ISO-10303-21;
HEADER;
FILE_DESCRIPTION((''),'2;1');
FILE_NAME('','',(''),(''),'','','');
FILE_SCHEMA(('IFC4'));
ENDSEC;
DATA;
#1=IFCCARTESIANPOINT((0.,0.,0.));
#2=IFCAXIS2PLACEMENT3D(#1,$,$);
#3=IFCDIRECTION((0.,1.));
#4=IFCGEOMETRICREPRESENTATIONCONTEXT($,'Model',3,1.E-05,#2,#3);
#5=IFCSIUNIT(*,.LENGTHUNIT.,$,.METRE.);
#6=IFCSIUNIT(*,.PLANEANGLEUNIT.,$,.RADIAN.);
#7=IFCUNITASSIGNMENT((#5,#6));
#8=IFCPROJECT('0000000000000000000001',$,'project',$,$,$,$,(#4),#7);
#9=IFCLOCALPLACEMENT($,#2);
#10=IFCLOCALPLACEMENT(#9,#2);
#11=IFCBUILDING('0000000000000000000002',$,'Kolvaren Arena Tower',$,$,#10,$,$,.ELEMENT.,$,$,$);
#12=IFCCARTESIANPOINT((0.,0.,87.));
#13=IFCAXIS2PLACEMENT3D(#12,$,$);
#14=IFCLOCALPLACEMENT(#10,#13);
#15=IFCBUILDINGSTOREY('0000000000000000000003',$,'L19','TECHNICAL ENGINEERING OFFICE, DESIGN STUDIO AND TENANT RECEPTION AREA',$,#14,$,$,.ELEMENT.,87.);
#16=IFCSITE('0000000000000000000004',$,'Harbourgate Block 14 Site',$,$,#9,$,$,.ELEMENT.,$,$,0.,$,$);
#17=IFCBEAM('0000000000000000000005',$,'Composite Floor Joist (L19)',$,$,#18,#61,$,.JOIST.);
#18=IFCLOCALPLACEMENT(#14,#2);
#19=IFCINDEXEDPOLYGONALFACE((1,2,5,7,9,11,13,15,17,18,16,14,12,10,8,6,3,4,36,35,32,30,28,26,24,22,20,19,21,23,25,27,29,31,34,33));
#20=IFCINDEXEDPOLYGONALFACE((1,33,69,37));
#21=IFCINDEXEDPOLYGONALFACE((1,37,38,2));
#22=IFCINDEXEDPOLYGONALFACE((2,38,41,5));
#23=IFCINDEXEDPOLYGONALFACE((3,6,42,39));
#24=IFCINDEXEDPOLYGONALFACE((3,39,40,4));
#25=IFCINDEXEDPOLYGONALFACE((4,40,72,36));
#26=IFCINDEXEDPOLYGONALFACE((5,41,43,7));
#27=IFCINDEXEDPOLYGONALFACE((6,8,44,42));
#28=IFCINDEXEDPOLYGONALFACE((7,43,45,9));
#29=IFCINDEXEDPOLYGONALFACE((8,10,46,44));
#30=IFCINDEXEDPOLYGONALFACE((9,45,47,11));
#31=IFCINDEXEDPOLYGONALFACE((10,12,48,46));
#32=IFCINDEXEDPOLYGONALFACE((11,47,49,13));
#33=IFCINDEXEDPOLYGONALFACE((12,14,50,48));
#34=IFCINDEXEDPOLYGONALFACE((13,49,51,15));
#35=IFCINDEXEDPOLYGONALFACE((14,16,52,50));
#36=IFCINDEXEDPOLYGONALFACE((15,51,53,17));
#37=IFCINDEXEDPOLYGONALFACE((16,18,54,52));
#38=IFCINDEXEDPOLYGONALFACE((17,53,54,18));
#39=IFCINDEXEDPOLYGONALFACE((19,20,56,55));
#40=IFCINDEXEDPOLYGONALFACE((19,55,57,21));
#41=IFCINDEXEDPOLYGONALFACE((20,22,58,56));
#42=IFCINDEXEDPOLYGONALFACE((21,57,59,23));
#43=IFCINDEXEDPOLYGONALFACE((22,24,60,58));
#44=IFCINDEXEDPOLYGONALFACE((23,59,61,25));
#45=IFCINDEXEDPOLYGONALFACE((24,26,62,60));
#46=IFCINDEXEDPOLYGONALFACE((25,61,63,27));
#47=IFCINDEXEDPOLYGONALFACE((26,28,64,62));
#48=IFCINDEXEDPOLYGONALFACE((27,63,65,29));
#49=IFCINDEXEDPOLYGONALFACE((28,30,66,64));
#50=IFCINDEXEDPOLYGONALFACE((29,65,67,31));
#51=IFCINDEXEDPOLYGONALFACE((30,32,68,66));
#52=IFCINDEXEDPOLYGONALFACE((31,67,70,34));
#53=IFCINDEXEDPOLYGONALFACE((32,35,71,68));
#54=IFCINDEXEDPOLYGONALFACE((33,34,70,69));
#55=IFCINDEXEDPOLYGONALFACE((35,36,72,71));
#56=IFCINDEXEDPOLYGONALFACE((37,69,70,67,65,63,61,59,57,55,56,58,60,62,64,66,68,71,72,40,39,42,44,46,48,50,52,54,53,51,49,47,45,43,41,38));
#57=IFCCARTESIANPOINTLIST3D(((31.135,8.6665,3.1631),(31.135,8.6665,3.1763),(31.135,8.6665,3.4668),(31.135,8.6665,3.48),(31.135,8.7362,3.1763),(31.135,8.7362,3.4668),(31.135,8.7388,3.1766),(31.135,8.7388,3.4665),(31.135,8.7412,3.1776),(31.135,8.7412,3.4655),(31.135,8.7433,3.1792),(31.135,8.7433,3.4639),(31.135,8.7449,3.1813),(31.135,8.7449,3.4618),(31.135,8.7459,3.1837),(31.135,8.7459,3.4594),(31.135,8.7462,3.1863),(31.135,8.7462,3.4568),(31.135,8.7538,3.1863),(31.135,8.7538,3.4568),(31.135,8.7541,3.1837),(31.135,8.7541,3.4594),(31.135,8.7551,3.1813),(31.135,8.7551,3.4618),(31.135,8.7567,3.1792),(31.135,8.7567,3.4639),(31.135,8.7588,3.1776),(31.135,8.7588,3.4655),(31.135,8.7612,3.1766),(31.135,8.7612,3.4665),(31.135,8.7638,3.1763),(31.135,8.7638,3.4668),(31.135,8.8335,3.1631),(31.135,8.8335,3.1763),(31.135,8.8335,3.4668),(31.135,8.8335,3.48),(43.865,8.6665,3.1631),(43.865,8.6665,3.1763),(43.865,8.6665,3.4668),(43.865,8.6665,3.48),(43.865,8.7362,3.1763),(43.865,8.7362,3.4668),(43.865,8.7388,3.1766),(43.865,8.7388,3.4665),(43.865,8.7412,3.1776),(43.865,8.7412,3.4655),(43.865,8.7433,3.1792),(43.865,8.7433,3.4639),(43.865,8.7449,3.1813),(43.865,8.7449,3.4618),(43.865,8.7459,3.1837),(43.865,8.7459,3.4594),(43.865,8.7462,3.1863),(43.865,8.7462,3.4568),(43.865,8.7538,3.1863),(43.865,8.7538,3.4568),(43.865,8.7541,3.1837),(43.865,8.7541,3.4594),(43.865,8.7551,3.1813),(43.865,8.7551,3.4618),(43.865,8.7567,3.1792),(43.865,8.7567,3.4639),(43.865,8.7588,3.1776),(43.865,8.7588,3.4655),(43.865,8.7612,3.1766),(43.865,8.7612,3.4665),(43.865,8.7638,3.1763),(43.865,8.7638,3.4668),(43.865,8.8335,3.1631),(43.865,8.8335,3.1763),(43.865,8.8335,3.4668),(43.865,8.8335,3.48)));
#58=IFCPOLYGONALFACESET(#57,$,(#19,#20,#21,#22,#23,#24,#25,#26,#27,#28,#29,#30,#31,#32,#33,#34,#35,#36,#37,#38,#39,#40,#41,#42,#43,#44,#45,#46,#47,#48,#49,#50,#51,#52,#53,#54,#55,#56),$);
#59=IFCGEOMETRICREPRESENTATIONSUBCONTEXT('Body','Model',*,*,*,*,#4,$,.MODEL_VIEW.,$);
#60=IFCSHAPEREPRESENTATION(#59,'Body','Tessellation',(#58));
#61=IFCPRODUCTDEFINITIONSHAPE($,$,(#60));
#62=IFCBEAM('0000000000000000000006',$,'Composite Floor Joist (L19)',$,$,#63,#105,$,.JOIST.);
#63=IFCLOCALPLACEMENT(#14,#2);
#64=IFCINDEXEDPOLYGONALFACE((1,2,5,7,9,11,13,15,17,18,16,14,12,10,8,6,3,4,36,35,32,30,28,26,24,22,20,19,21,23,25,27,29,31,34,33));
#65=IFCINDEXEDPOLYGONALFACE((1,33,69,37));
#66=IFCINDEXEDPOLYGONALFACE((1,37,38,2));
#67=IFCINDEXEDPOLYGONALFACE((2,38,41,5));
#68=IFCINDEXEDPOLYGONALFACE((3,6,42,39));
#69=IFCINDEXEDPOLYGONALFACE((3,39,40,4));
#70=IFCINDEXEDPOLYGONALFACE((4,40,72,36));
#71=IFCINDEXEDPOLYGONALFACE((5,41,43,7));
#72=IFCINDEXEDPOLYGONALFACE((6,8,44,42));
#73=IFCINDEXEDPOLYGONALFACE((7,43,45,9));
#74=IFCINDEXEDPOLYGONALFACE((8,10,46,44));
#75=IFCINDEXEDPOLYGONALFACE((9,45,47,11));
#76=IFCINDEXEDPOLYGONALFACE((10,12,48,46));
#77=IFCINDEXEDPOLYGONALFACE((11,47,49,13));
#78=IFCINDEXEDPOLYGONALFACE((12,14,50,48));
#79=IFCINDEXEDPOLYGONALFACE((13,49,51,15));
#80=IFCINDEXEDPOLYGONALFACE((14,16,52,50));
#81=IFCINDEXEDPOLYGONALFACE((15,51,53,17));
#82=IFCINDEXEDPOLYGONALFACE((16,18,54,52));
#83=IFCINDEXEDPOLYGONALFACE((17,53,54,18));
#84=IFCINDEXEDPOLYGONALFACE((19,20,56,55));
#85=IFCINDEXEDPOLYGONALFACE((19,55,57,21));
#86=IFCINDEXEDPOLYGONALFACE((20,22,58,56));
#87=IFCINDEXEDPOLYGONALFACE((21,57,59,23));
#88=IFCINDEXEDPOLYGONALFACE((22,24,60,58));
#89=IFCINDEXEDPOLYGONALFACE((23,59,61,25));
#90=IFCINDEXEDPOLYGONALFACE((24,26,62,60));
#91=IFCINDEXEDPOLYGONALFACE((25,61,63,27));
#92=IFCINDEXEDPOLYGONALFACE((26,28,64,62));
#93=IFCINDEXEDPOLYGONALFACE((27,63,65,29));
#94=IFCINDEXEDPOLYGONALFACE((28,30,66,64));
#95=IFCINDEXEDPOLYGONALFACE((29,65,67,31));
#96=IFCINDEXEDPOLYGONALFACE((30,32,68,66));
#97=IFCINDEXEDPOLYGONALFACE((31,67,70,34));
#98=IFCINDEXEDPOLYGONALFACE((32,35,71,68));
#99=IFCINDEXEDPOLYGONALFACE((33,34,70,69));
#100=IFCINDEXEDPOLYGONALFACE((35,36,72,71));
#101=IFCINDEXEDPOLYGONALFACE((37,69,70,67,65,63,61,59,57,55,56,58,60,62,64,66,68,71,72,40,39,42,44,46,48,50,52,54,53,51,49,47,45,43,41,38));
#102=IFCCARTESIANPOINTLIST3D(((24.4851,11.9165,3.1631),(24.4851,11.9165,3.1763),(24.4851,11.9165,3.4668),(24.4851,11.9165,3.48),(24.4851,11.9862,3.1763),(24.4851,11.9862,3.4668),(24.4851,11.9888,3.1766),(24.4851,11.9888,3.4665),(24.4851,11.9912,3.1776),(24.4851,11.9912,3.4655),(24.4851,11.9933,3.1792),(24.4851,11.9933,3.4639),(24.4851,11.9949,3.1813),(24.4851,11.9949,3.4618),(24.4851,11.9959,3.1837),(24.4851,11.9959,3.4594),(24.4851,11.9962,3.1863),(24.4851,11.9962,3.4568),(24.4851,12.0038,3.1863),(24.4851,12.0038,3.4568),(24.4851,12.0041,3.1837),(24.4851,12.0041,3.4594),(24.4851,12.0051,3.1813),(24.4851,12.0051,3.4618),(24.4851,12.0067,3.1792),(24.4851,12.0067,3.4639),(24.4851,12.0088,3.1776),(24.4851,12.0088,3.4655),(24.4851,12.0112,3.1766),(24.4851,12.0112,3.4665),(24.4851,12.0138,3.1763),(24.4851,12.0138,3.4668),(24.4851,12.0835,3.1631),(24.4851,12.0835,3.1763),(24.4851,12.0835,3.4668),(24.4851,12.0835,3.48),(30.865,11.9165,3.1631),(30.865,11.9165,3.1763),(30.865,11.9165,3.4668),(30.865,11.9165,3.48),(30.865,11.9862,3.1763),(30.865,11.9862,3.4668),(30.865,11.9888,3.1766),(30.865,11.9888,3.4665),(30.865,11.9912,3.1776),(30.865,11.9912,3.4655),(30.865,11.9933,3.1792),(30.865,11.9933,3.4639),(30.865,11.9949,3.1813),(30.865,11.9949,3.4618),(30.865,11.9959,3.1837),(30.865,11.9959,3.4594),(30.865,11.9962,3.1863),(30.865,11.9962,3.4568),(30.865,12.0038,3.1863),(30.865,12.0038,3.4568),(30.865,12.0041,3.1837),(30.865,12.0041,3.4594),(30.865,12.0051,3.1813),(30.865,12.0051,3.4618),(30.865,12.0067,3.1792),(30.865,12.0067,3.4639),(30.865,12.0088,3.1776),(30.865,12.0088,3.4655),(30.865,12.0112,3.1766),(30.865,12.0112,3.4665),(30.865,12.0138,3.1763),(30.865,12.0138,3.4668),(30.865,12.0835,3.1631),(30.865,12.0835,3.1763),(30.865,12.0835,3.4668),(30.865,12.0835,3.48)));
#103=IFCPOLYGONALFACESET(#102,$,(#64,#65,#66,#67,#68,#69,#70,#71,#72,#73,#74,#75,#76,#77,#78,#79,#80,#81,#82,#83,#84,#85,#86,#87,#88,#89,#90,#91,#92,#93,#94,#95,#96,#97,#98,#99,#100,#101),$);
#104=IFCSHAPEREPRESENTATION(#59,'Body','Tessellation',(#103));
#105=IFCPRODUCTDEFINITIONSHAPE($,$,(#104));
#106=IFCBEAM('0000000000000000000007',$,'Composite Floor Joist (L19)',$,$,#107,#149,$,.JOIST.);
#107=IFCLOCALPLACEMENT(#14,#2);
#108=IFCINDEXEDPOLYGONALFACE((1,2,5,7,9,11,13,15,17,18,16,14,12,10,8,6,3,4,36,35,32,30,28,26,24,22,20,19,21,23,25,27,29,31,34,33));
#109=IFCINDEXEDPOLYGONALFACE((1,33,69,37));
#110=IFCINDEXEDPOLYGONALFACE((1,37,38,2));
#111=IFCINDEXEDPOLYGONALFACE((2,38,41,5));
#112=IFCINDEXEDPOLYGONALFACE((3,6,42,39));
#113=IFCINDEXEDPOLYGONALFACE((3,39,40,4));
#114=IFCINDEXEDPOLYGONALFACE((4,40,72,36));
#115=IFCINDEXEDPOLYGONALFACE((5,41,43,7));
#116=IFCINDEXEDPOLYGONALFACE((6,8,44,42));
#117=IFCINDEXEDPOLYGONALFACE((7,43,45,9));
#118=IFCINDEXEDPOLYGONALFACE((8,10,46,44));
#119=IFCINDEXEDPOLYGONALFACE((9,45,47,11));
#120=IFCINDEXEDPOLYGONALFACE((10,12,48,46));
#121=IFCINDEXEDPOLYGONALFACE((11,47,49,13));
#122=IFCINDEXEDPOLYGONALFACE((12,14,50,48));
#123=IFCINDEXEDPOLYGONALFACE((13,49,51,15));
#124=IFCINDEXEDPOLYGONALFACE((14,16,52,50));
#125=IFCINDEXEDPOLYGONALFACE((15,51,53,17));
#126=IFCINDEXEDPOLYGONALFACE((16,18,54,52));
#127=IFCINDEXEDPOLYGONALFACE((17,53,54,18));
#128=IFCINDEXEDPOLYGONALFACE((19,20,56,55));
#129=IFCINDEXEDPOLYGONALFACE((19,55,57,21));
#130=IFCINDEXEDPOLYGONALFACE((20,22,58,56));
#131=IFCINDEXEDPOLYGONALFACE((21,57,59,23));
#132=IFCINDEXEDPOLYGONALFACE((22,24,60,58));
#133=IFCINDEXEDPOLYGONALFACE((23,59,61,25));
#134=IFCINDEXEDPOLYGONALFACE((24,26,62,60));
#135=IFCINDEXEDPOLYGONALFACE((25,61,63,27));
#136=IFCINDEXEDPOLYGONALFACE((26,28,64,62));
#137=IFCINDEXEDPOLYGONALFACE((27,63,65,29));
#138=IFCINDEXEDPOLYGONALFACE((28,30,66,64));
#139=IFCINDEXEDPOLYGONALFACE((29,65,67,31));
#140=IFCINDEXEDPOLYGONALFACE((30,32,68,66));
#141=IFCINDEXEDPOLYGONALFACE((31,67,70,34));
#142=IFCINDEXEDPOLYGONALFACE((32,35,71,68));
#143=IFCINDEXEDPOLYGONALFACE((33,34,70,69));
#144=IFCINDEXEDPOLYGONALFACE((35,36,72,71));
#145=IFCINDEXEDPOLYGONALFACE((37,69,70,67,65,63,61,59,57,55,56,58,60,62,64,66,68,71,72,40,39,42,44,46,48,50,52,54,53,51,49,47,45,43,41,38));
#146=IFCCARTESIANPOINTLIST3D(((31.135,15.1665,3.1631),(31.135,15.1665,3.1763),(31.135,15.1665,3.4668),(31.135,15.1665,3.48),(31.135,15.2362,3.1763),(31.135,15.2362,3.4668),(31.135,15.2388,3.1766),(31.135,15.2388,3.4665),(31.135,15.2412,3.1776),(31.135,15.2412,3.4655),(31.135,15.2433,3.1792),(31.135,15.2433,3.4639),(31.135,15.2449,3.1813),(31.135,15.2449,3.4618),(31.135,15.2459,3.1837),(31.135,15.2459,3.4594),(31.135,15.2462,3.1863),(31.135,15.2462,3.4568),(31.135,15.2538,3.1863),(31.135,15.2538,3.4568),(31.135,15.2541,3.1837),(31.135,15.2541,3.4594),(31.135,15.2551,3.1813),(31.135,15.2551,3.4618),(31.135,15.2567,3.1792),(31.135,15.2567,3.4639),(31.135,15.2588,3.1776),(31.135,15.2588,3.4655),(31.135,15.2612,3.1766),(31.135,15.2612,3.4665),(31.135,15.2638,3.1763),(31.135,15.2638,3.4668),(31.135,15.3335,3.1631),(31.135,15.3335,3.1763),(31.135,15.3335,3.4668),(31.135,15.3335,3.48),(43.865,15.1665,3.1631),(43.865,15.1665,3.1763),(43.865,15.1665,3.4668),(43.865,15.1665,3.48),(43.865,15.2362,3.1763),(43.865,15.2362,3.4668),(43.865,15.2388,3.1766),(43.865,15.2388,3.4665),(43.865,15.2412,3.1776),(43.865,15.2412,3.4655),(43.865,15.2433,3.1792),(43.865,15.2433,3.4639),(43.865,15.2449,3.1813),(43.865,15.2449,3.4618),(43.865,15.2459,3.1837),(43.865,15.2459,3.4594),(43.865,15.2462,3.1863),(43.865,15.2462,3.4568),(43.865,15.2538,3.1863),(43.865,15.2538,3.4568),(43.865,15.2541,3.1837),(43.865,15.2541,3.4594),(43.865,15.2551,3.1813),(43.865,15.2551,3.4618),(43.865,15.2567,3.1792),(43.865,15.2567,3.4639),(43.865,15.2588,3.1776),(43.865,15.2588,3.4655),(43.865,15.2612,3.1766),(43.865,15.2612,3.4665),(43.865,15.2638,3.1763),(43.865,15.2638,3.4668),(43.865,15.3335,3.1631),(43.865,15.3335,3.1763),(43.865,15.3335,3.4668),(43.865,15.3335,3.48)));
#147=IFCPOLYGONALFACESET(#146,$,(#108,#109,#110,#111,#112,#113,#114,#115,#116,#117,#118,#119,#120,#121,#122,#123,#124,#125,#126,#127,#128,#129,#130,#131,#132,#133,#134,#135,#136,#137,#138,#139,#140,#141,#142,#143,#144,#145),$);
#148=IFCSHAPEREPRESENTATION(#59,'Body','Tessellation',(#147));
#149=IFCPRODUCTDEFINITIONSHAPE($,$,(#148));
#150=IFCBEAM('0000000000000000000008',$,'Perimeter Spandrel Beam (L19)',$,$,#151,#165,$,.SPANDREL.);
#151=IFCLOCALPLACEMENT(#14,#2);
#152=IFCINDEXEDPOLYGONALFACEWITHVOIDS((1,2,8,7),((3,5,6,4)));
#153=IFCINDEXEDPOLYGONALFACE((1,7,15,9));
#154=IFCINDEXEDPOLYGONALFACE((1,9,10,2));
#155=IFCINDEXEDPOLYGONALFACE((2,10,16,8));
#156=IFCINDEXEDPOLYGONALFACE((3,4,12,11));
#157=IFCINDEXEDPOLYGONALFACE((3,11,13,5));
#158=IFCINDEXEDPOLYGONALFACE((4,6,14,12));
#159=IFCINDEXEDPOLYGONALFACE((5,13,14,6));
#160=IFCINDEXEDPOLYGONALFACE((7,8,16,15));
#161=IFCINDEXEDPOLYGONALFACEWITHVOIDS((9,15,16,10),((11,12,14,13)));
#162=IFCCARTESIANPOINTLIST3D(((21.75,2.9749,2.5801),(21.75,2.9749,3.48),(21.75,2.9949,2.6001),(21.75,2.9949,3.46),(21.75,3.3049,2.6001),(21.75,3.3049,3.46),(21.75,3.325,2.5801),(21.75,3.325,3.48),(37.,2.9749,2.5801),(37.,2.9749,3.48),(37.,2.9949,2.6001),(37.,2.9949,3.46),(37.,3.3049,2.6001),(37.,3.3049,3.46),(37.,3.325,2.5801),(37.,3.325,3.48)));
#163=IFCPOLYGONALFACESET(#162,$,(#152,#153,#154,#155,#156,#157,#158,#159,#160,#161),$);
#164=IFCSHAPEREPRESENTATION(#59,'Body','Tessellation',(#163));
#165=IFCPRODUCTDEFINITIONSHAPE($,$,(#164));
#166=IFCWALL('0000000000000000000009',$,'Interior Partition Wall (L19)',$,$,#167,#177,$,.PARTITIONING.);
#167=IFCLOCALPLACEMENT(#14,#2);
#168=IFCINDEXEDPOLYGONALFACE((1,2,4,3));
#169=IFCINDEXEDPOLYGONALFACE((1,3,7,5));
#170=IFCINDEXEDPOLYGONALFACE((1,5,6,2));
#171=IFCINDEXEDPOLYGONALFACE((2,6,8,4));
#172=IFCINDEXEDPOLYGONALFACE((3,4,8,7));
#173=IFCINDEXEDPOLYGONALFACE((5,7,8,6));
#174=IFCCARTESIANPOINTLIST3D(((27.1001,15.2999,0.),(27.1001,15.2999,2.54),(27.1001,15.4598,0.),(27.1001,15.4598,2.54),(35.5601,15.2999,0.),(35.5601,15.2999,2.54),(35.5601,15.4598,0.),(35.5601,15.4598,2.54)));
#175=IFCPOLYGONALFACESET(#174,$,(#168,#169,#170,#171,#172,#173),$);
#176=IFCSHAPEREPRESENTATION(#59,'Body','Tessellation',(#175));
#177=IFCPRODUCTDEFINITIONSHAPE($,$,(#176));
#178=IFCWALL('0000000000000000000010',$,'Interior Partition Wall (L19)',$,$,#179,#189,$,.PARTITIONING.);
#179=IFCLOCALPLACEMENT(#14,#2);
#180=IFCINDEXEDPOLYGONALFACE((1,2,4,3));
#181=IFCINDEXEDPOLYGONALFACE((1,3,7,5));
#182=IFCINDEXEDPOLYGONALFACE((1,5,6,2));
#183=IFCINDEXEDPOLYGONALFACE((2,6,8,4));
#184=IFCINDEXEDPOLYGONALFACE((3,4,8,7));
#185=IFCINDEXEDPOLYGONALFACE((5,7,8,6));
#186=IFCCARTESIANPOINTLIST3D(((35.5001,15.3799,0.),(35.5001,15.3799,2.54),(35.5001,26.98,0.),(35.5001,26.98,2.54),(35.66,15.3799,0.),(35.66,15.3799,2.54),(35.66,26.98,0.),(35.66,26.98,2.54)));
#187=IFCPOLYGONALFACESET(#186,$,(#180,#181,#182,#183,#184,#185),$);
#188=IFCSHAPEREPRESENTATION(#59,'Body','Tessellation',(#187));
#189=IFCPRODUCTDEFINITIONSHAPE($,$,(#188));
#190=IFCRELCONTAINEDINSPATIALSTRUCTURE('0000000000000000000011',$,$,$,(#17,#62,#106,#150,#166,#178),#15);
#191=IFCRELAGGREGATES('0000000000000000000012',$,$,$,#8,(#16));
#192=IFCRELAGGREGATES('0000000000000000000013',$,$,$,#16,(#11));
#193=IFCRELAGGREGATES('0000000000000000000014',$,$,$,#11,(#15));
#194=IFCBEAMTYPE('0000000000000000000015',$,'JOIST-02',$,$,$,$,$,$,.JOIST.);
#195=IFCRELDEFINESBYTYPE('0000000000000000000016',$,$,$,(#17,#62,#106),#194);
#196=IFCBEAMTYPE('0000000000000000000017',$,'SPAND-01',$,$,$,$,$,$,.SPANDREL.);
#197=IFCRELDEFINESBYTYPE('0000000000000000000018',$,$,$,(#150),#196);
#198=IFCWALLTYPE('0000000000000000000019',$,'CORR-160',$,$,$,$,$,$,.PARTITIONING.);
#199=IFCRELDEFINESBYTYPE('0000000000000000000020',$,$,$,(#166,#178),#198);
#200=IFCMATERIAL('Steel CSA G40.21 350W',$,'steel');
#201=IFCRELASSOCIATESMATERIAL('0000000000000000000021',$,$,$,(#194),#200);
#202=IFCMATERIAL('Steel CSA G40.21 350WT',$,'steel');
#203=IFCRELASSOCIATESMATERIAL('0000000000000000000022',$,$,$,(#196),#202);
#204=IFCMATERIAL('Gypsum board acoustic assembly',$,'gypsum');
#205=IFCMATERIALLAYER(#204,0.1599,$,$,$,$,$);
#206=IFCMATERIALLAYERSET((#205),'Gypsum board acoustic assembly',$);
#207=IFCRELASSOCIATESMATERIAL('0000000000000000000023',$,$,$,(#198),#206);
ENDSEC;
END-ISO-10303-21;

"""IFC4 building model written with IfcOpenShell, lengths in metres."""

from ifc_helpers import new_model, si_unit, direction, frame, frame_2d, origin, origin_2d, place, context, subcontext, project, spatial, rectangle, hollow_rectangle, i_section, extrude, material, layer, layer_set, material_profile, profile_set, type_object, element, save


model = new_model("IFC4")

# Units and contexts
model_context = context("Model", 3, precision=1e-05, world=origin(), true_north=direction((0.0, 1.0)))
body_context = subcontext(model_context, "Body", "Model", "MODEL_VIEW")
ifc_project = project(units=[si_unit("LENGTHUNIT", "METRE"), si_unit("PLANEANGLEUNIT", "RADIAN")], contexts=[model_context])

# Site, building, storey
site_placement = place(None, origin())
site = spatial("IfcSite", under=ifc_project, at=site_placement, Name="Harbourgate Block 14 Site", CompositionType="ELEMENT", RefElevation=0.0)
building_placement = place(site_placement, origin())
building = spatial("IfcBuilding", under=site, at=building_placement, Name="Kolvaren Arena Tower", CompositionType="ELEMENT")
storey_placement = place(building_placement, frame((0.0, 0.0, 87.0)))
storey = spatial("IfcBuildingStorey", under=building, at=storey_placement, Name="L19", Description="TECHNICAL ENGINEERING OFFICE, DESIGN STUDIO AND TENANT RECEPTION AREA", CompositionType="ELEMENT", Elevation=87.0)

# Beams
ifc_material_1 = material(Name="Steel CSA G40.21 350W", Category="steel")
ifc_material_profile_1 = material_profile(ifc_material_1, i_section(OverallWidth=0.167, OverallDepth=0.3169, WebThickness=0.0076, FlangeThickness=0.0132, FilletRadius=0.01, at=origin_2d()), Name="W310x52")
ifc_profile_set_1 = profile_set([ifc_material_profile_1], Name="Steel CSA G40.21 350W")
beam_type_1 = type_object("IfcBeamType", Name="JOIST-02", PredefinedType="JOIST", material=ifc_profile_set_1)
beam_1_placement = place(storey_placement, frame((31.135, 8.75, 3.3215), z_axis=(1.0, 0.0, 0.0), x_axis=(0.0, 1.0, 0.0)))
element("IfcBeam", 1, at=beam_1_placement, inside=storey, type_object=beam_type_1, Name="Composite Floor Joist (L19)", PredefinedType="JOIST", context=body_context, shape_type="SweptSolid", body=[
    extrude(i_section(OverallWidth=0.167, OverallDepth=0.3169, WebThickness=0.0076, FlangeThickness=0.0132, FilletRadius=0.01, at=origin_2d()), origin(), (0.0, 0.0, 1.0), 12.73),
])
beam_2_placement = place(storey_placement, frame((24.4851, 12.0, 3.3215), z_axis=(1.0, 0.0, 0.0), x_axis=(0.0, 1.0, 0.0)))
element("IfcBeam", 2, at=beam_2_placement, inside=storey, type_object=beam_type_1, Name="Composite Floor Joist (L19)", PredefinedType="JOIST", context=body_context, shape_type="SweptSolid", body=[
    extrude(i_section(OverallWidth=0.167, OverallDepth=0.3169, WebThickness=0.0076, FlangeThickness=0.0132, FilletRadius=0.01, at=origin_2d()), origin(), (0.0, 0.0, 1.0), 6.3799),
])
beam_3_placement = place(storey_placement, frame((31.135, 15.25, 3.3215), z_axis=(1.0, 0.0, 0.0), x_axis=(0.0, 1.0, 0.0)))
element("IfcBeam", 3, at=beam_3_placement, inside=storey, type_object=beam_type_1, Name="Composite Floor Joist (L19)", PredefinedType="JOIST", context=body_context, shape_type="SweptSolid", body=[
    extrude(i_section(OverallWidth=0.167, OverallDepth=0.3169, WebThickness=0.0076, FlangeThickness=0.0132, FilletRadius=0.01, at=origin_2d()), origin(), (0.0, 0.0, 1.0), 12.73),
])
ifc_material_2 = material(Name="Steel CSA G40.21 350WT", Category="steel")
ifc_material_profile_2 = material_profile(ifc_material_2, hollow_rectangle(XDim=0.3501, YDim=0.8999, WallThickness=0.02, at=origin_2d()), Name="HSS 900x350x20")
ifc_profile_set_2 = profile_set([ifc_material_profile_2], Name="Steel CSA G40.21 350WT")
beam_type_2 = type_object("IfcBeamType", Name="SPAND-01", PredefinedType="SPANDREL", material=ifc_profile_set_2)
beam_4_placement = place(storey_placement, frame((21.75, 3.1499, 3.03), z_axis=(1.0, 0.0, 0.0), x_axis=(0.0, 1.0, 0.0)))
element("IfcBeam", 4, at=beam_4_placement, inside=storey, type_object=beam_type_2, Name="Perimeter Spandrel Beam (L19)", PredefinedType="SPANDREL", context=body_context, shape_type="SweptSolid", body=[
    extrude(hollow_rectangle(XDim=0.3501, YDim=0.8999, WallThickness=0.02, at=origin_2d()), origin(), (0.0, 0.0, 1.0), 15.25),
])

# Walls
ifc_material_3 = material(Name="Gypsum board acoustic assembly", Category="gypsum")
ifc_layer_1 = layer(ifc_material_3, 0.1599)
ifc_layer_set_1 = layer_set([ifc_layer_1], Name="Gypsum board acoustic assembly")
wall_type_1 = type_object("IfcWallType", Name="CORR-160", PredefinedType="PARTITIONING", material=ifc_layer_set_1)
wall_1_placement = place(storey_placement, frame((27.1001, 15.3799, 0.0), z_axis=(0.0, 0.0, 1.0), x_axis=(1.0, 0.0, 0.0)))
element("IfcWall", 5, at=wall_1_placement, inside=storey, type_object=wall_type_1, Name="Interior Partition Wall (L19)", PredefinedType="PARTITIONING", context=body_context, shape_type="SweptSolid", body=[
    extrude(rectangle(XDim=8.46, YDim=0.1599, at=frame_2d((4.23, 0.0))), origin(), (0.0, 0.0, 1.0), 2.54),
])
for number, where, z_axis, x_axis, name in (
    (6, (35.5801, 15.3799, 0.0), (0.0, 0.0, 1.0), (0.0, 1.0, 0.0), "Interior Partition Wall (L19)"),
):
    element("IfcWall", number, at=place(storey_placement, frame(where, z_axis=z_axis, x_axis=x_axis)), inside=storey, type_object=wall_type_1, Name=name, PredefinedType="PARTITIONING", context=body_context, shape_type="SweptSolid", body=[
        extrude(rectangle(XDim=11.6001, YDim=0.1599, at=frame_2d((5.8, 0.0))), origin(), (0.0, 0.0, 1.0), 2.54),
    ])

save(model, "model.ifc")
